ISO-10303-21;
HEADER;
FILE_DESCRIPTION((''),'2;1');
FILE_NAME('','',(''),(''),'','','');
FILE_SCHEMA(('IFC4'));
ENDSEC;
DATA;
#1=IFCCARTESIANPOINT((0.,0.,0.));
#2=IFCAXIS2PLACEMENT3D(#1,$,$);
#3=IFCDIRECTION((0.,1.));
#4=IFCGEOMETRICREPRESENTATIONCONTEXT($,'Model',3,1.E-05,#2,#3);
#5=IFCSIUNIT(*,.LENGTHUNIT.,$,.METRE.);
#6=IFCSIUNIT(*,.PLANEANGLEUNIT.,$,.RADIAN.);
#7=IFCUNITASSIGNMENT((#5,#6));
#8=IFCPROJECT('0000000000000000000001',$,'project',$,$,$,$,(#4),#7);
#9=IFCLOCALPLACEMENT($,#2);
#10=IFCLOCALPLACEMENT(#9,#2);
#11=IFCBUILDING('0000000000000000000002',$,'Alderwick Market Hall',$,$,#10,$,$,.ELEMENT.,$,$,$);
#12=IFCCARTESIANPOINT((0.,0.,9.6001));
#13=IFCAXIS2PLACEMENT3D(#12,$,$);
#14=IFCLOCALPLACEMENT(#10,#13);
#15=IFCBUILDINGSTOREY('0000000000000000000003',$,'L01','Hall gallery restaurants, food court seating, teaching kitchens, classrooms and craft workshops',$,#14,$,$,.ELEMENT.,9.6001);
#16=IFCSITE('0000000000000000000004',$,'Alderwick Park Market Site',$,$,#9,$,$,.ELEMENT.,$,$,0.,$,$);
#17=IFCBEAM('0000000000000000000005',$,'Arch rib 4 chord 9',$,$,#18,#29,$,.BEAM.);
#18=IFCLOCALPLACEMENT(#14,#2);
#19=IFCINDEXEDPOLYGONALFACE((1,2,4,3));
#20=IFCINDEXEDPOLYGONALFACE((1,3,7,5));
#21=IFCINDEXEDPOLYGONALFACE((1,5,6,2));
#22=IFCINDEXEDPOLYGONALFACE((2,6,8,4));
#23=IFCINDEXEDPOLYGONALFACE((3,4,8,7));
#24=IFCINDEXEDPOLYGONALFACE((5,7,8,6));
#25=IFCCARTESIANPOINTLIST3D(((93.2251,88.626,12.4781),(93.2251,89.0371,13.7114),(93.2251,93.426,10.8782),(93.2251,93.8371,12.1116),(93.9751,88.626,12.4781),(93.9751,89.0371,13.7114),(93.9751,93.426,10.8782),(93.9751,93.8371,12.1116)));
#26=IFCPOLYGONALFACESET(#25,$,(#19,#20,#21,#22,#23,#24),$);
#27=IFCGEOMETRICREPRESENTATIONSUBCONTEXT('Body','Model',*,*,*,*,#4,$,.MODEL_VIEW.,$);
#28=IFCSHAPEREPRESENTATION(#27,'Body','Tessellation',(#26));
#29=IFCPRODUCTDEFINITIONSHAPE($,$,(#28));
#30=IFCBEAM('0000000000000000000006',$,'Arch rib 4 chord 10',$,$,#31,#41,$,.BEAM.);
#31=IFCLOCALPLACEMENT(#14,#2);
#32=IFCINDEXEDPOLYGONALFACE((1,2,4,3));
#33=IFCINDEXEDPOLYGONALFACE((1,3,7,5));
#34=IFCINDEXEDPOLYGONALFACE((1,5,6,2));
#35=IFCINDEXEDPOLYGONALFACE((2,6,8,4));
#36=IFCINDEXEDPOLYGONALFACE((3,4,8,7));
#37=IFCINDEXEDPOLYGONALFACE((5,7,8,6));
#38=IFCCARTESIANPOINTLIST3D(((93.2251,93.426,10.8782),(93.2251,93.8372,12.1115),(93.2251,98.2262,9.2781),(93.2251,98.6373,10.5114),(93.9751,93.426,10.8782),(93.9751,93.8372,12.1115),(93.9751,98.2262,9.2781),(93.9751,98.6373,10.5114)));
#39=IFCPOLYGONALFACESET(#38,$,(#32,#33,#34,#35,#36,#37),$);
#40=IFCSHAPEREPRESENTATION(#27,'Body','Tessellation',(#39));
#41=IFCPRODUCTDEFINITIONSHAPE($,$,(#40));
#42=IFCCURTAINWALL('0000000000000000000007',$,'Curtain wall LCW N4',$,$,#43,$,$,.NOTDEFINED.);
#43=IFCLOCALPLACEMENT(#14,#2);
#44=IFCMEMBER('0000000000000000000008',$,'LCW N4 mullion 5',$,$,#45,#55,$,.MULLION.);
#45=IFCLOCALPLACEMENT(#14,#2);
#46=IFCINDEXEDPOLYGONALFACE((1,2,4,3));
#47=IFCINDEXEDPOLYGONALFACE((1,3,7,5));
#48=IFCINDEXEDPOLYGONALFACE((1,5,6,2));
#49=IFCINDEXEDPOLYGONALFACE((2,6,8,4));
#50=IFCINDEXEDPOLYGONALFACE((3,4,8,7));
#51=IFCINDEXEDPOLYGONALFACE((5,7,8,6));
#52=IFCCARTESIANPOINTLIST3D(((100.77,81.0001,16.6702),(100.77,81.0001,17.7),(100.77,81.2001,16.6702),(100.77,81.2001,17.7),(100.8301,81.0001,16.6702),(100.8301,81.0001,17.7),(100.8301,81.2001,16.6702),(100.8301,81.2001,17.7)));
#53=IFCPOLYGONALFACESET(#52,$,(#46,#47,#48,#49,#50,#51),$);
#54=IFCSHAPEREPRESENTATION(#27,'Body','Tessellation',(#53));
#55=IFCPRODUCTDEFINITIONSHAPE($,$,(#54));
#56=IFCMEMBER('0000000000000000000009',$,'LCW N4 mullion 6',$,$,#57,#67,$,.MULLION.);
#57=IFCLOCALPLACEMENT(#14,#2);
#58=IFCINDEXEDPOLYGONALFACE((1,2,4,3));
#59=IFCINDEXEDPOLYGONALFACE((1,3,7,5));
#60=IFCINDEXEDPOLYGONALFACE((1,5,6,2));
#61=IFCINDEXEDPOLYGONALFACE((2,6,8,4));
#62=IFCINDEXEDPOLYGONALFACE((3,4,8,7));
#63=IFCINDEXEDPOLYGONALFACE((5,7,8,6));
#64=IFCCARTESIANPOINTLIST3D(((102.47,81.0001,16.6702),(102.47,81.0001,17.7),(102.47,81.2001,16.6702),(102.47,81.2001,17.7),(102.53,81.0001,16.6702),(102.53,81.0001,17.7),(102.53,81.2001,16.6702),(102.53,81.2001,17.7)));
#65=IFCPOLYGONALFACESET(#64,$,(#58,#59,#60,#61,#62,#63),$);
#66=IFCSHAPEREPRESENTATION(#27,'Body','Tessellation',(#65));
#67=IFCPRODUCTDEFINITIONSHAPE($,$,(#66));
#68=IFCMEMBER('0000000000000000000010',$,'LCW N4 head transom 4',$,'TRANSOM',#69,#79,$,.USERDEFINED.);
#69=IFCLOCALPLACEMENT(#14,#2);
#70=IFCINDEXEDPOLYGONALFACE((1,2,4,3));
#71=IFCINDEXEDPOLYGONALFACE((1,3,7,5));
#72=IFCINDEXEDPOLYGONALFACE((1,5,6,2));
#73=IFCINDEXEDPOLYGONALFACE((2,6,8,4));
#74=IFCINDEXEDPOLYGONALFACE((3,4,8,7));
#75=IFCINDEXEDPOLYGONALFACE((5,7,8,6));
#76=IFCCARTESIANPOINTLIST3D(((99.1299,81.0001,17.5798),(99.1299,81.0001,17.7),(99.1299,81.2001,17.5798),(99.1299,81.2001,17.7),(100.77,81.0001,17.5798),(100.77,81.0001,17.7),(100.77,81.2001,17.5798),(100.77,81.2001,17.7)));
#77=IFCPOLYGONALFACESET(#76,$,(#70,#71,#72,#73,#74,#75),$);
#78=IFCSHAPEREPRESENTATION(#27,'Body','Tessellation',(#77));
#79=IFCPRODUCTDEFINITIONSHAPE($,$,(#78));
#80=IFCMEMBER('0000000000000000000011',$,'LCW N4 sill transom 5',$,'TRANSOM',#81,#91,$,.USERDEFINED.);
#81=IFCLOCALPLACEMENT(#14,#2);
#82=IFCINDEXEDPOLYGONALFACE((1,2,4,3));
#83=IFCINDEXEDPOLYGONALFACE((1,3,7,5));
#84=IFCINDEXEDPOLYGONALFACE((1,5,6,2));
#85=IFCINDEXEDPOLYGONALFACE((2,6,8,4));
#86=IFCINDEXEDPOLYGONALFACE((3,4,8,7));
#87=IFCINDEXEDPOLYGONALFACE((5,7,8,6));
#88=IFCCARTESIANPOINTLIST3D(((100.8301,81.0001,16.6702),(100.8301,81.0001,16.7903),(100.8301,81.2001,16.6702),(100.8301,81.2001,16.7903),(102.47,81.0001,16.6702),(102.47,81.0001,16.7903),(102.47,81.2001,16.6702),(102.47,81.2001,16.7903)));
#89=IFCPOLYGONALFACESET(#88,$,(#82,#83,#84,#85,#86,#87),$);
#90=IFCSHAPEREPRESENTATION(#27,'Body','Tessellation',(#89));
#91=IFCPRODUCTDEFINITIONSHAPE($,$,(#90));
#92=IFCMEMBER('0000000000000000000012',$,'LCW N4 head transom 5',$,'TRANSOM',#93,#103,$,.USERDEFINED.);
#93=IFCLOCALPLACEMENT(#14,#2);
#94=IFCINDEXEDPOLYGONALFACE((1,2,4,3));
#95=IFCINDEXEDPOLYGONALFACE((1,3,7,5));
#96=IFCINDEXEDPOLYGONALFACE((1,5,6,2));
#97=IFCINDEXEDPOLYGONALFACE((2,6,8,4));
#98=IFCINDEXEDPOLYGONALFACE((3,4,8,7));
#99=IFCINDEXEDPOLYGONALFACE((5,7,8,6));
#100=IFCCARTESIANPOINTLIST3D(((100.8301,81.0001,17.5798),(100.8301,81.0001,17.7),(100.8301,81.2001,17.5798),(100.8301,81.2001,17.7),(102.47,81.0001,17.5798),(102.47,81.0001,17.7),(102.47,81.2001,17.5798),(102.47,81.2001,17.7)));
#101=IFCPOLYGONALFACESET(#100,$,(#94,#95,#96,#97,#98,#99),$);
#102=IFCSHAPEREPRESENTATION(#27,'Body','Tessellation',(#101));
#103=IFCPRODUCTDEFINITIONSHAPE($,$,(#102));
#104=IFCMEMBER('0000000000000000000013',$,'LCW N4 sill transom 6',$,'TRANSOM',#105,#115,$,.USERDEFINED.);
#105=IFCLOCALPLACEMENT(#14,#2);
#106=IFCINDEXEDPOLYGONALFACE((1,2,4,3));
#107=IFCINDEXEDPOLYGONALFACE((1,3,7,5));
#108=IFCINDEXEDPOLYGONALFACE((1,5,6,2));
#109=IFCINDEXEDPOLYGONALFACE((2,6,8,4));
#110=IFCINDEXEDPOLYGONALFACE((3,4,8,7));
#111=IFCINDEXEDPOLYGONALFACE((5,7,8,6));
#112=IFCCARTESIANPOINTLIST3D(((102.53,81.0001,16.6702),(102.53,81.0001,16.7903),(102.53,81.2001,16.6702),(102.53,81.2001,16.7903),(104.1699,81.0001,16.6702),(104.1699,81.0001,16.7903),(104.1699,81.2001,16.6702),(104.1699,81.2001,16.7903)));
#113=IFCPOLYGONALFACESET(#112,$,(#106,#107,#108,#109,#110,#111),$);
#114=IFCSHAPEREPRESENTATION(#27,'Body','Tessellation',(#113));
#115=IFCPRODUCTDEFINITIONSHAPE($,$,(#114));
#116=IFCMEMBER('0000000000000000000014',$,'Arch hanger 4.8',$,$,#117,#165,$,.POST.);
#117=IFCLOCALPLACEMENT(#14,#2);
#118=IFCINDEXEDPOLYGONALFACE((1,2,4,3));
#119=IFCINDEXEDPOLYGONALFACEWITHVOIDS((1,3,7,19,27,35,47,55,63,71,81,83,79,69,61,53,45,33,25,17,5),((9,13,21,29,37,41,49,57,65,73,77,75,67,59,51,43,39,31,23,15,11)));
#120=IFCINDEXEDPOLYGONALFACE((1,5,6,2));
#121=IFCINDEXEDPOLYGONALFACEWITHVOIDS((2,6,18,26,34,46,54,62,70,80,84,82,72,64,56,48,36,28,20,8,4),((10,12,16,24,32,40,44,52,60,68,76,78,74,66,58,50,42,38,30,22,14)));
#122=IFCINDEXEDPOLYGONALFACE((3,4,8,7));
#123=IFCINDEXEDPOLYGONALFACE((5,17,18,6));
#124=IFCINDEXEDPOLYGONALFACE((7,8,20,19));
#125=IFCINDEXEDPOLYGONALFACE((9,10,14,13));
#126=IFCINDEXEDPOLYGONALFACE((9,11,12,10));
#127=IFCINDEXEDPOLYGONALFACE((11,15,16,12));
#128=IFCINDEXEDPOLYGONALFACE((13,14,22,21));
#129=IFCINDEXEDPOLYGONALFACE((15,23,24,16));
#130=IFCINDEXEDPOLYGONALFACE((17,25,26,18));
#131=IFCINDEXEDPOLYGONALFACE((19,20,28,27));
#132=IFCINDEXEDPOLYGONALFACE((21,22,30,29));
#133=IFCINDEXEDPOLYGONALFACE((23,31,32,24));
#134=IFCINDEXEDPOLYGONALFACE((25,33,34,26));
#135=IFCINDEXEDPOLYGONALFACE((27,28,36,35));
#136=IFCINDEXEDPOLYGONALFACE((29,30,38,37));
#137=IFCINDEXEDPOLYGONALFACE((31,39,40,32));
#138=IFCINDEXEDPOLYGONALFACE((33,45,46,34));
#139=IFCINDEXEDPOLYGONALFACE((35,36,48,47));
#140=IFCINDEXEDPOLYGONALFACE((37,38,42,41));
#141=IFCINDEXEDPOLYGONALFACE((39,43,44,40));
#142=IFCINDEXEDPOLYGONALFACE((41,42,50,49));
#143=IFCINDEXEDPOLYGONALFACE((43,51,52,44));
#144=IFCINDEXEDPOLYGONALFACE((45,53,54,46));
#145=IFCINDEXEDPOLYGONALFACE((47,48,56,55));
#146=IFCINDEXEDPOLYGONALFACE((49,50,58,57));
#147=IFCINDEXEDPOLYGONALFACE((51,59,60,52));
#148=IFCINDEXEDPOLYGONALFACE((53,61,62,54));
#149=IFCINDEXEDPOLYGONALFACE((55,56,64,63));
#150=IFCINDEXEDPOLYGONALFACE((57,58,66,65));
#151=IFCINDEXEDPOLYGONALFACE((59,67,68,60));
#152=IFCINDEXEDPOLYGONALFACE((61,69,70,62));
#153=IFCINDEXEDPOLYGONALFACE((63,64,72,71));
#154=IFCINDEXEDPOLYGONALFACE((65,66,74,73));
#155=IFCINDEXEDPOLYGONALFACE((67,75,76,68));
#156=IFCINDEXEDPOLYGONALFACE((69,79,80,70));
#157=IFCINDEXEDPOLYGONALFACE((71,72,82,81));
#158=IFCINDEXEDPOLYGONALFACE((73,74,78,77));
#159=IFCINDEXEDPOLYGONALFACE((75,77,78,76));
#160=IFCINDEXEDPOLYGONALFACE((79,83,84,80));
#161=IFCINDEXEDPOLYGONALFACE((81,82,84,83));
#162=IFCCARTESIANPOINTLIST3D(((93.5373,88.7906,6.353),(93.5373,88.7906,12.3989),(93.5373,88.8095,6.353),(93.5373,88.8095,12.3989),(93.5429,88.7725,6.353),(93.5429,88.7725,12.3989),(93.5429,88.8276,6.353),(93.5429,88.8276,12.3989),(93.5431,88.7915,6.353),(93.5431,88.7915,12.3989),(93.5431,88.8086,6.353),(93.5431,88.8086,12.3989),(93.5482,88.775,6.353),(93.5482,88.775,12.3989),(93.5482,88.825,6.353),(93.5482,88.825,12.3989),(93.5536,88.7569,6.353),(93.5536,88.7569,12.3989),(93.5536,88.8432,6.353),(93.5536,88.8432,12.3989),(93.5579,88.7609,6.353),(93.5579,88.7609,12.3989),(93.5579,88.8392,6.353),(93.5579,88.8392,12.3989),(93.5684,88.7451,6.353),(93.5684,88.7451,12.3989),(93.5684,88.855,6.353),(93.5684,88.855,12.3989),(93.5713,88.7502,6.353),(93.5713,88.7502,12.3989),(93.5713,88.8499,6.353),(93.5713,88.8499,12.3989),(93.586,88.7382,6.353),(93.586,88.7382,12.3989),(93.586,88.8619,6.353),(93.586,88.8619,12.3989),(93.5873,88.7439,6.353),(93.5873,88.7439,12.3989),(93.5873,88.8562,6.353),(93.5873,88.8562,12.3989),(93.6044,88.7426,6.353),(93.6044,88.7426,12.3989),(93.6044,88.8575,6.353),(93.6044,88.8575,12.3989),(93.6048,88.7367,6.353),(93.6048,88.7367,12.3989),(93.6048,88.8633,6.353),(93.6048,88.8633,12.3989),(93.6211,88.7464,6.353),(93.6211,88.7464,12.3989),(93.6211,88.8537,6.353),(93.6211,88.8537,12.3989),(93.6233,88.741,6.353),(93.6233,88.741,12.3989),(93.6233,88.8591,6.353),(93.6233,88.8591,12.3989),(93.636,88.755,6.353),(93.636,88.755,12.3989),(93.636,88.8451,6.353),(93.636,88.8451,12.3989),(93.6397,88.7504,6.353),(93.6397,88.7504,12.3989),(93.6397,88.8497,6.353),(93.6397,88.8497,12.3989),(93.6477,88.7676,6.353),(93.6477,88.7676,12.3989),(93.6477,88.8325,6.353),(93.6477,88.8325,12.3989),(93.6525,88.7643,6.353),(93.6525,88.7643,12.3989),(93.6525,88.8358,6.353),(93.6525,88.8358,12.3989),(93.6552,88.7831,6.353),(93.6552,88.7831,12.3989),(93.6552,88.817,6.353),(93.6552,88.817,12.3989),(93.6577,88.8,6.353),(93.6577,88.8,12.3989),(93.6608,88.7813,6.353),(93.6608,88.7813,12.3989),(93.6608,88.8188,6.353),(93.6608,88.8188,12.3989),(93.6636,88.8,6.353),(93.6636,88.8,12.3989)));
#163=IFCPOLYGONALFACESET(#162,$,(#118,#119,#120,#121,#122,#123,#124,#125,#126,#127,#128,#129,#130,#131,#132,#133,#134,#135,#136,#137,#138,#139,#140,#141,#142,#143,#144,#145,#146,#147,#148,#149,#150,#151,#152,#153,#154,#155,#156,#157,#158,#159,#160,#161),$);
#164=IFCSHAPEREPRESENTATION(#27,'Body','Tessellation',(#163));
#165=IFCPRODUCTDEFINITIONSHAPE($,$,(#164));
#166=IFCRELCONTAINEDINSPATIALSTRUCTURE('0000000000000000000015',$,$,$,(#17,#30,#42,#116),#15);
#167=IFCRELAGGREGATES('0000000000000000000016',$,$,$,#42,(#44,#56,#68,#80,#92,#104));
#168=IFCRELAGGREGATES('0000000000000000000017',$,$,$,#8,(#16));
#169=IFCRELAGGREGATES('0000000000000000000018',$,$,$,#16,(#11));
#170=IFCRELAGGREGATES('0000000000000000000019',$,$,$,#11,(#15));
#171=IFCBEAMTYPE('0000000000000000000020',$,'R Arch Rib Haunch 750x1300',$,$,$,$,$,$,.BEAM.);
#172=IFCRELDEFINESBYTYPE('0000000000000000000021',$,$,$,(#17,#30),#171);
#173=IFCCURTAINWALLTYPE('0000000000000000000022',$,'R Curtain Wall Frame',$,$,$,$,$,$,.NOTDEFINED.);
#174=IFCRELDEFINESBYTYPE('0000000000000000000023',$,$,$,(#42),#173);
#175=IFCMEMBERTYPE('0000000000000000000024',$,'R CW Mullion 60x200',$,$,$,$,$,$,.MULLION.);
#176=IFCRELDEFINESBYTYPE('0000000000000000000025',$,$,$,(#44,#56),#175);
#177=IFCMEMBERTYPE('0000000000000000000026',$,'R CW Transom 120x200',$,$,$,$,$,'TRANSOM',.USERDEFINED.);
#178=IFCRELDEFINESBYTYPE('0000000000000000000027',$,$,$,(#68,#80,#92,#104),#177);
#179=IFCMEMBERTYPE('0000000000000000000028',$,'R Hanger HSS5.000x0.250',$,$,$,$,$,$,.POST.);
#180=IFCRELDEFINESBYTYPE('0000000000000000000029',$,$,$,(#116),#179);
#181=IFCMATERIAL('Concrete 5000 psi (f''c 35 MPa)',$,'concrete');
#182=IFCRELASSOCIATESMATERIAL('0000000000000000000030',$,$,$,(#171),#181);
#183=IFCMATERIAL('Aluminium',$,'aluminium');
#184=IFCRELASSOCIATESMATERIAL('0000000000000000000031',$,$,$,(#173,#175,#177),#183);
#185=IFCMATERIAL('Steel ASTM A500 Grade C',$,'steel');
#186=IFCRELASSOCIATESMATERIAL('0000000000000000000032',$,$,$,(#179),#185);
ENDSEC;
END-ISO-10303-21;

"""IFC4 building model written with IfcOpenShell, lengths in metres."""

from ifc_helpers import new_model, si_unit, direction, frame, origin, origin_2d, place, context, subcontext, project, spatial, rectangle, hollow_circle, extrude, material, material_profile, profile_set, type_object, element, aggregate, save


model = new_model("IFC4")

# Units and contexts
model_context = context("Model", 3, precision=1e-05, world=origin(), true_north=direction((0.0, 1.0)))
body_context = subcontext(model_context, "Body", "Model", "MODEL_VIEW")
ifc_project = project(units=[si_unit("LENGTHUNIT", "METRE"), si_unit("PLANEANGLEUNIT", "RADIAN")], contexts=[model_context])

# Site, building, storey
site_placement = place(None, origin())
site = spatial("IfcSite", under=ifc_project, at=site_placement, Name="Alderwick Park Market Site", CompositionType="ELEMENT", RefElevation=0.0)
building_placement = place(site_placement, origin())
building = spatial("IfcBuilding", under=site, at=building_placement, Name="Alderwick Market Hall", CompositionType="ELEMENT")
storey_placement = place(building_placement, frame((0.0, 0.0, 9.6001)))
storey = spatial("IfcBuildingStorey", under=building, at=storey_placement, Name="L01", Description="Hall gallery restaurants, food court seating, teaching kitchens, classrooms and craft workshops", CompositionType="ELEMENT", Elevation=9.6001)

# Beams
ifc_material_1 = material(Name="Concrete 5000 psi (f'c 35 MPa)", Category="concrete")
ifc_material_profile_1 = material_profile(ifc_material_1, rectangle(XDim=0.75, YDim=1.3, at=origin_2d()), Name="RC 750x1300")
ifc_profile_set_1 = profile_set([ifc_material_profile_1], Name="Concrete 5000 psi (f'c 35 MPa)")
beam_type = type_object("IfcBeamType", Name="R Arch Rib Haunch 750x1300", PredefinedType="BEAM", material=ifc_profile_set_1)
beam_1_placement = place(storey_placement, frame((93.6001, 88.8315, 13.0947), z_axis=(0.0, 0.948693, -0.316199), x_axis=(-1.0, 0.0, 0.0)))
element("IfcBeam", 1, at=beam_1_placement, inside=storey, type_object=beam_type, Name="Arch rib 4 chord 9", PredefinedType="BEAM", context=body_context, shape_type="SweptSolid", body=[
    extrude(rectangle(XDim=0.75, YDim=1.3, at=origin_2d()), origin(), (0.0, 0.0, 1.0), 5.0596),
])
beam_2_placement = place(storey_placement, frame((93.6001, 93.6316, 11.4949), z_axis=(0.0, 0.948678, -0.316242), x_axis=(-1.0, 0.0, 0.0)))
element("IfcBeam", 2, at=beam_2_placement, inside=storey, type_object=beam_type, Name="Arch rib 4 chord 10", PredefinedType="BEAM", context=body_context, shape_type="SweptSolid", body=[
    extrude(rectangle(XDim=0.75, YDim=1.3, at=origin_2d()), origin(), (0.0, 0.0, 1.0), 5.0598),
])

# Curtain wall, members
ifc_material_2 = material(Name="Aluminium", Category="aluminium")
curtain_wall_type = type_object("IfcCurtainWallType", Name="R Curtain Wall Frame", PredefinedType="NOTDEFINED", material=ifc_material_2)
curtain_wall_placement = place(storey_placement, origin())
curtain_wall = element("IfcCurtainWall", 3, at=curtain_wall_placement, inside=storey, type_object=curtain_wall_type, Name="Curtain wall LCW N4", PredefinedType="NOTDEFINED")
ifc_material_profile_2 = material_profile(ifc_material_2, rectangle(XDim=0.2, YDim=0.0601, at=origin_2d()), Name="AL 60x200")
ifc_profile_set_2 = profile_set([ifc_material_profile_2], Name="Aluminium")
member_type_1 = type_object("IfcMemberType", Name="R CW Mullion 60x200", PredefinedType="MULLION", material=ifc_profile_set_2)
member_1_placement = place(storey_placement, frame((100.8, 81.1001, 16.6702), z_axis=(0.0, 0.0, 1.0), x_axis=(0.0, 1.0, 0.0)))
member_1 = element("IfcMember", 4, at=member_1_placement, type_object=member_type_1, Name="LCW N4 mullion 5", PredefinedType="MULLION", context=body_context, shape_type="SweptSolid", body=[
    extrude(rectangle(XDim=0.2, YDim=0.0601, at=origin_2d()), origin(), (0.0, 0.0, 1.0), 1.0298),
])
member_2_placement = place(storey_placement, frame((102.5, 81.1001, 16.6702), z_axis=(0.0, 0.0, 1.0), x_axis=(0.0, 1.0, 0.0)))
member_2 = element("IfcMember", 5, at=member_2_placement, type_object=member_type_1, Name="LCW N4 mullion 6", PredefinedType="MULLION", context=body_context, shape_type="SweptSolid", body=[
    extrude(rectangle(XDim=0.2, YDim=0.0601, at=origin_2d()), origin(), (0.0, 0.0, 1.0), 1.0298),
])
ifc_material_profile_3 = material_profile(ifc_material_2, rectangle(XDim=0.2, YDim=0.1201, at=origin_2d()), Name="AL 120x200")
ifc_profile_set_3 = profile_set([ifc_material_profile_3], Name="Aluminium")
member_type_2 = type_object("IfcMemberType", Name="R CW Transom 120x200", ElementType="TRANSOM", PredefinedType="USERDEFINED", material=ifc_profile_set_3)
member_3_placement = place(storey_placement, frame((99.1299, 81.1001, 17.6399), z_axis=(1.0, 0.0, 0.0), x_axis=(0.0, 1.0, 0.0)))
member_3 = element("IfcMember", 6, at=member_3_placement, type_object=member_type_2, Name="LCW N4 head transom 4", ObjectType="TRANSOM", PredefinedType="USERDEFINED", context=body_context, shape_type="SweptSolid", body=[
    extrude(rectangle(XDim=0.2, YDim=0.1201, at=origin_2d()), origin(), (0.0, 0.0, 1.0), 1.6401),
])
member_4_placement = place(storey_placement, frame((100.8301, 81.1001, 16.7302), z_axis=(1.0, 0.0, 0.0), x_axis=(0.0, 1.0, 0.0)))
member_4 = element("IfcMember", 7, at=member_4_placement, type_object=member_type_2, Name="LCW N4 sill transom 5", ObjectType="TRANSOM", PredefinedType="USERDEFINED", context=body_context, shape_type="SweptSolid", body=[
    extrude(rectangle(XDim=0.2, YDim=0.1201, at=origin_2d()), origin(), (0.0, 0.0, 1.0), 1.6399),
])
member_5_placement = place(storey_placement, frame((100.8301, 81.1001, 17.6399), z_axis=(1.0, 0.0, 0.0), x_axis=(0.0, 1.0, 0.0)))
member_5 = element("IfcMember", 8, at=member_5_placement, type_object=member_type_2, Name="LCW N4 head transom 5", ObjectType="TRANSOM", PredefinedType="USERDEFINED", context=body_context, shape_type="SweptSolid", body=[
    extrude(rectangle(XDim=0.2, YDim=0.1201, at=origin_2d()), origin(), (0.0, 0.0, 1.0), 1.6399),
])
member_6_placement = place(storey_placement, frame((102.53, 81.1001, 16.7302), z_axis=(1.0, 0.0, 0.0), x_axis=(0.0, 1.0, 0.0)))
member_6 = element("IfcMember", 9, at=member_6_placement, type_object=member_type_2, Name="LCW N4 sill transom 6", ObjectType="TRANSOM", PredefinedType="USERDEFINED", context=body_context, shape_type="SweptSolid", body=[
    extrude(rectangle(XDim=0.2, YDim=0.1201, at=origin_2d()), origin(), (0.0, 0.0, 1.0), 1.6399),
])

# Member
ifc_material_3 = material(Name="Steel ASTM A500 Grade C", Category="steel")
ifc_material_profile_4 = material_profile(ifc_material_3, hollow_circle(Radius=0.0635, WallThickness=0.0059, at=origin_2d()), Name="HSS5.000x0.250")
ifc_profile_set_4 = profile_set([ifc_material_profile_4], Name="Steel ASTM A500 Grade C")
member_type_3 = type_object("IfcMemberType", Name="R Hanger HSS5.000x0.250", PredefinedType="POST", material=ifc_profile_set_4)
member_7_placement = place(storey_placement, frame((93.6001, 88.8, 6.353), z_axis=(0.0, 0.0, 1.0), x_axis=(1.0, 0.0, 0.0)))
element("IfcMember", 10, at=member_7_placement, inside=storey, type_object=member_type_3, Name="Arch hanger 4.8", PredefinedType="POST", context=body_context, shape_type="SweptSolid", body=[
    extrude(hollow_circle(Radius=0.0635, WallThickness=0.0059, at=origin_2d()), origin(), (0.0, 0.0, 1.0), 6.0459),
])

aggregate(curtain_wall, [member_1, member_2, member_3, member_4, member_5, member_6])

save(model, "model.ifc")
